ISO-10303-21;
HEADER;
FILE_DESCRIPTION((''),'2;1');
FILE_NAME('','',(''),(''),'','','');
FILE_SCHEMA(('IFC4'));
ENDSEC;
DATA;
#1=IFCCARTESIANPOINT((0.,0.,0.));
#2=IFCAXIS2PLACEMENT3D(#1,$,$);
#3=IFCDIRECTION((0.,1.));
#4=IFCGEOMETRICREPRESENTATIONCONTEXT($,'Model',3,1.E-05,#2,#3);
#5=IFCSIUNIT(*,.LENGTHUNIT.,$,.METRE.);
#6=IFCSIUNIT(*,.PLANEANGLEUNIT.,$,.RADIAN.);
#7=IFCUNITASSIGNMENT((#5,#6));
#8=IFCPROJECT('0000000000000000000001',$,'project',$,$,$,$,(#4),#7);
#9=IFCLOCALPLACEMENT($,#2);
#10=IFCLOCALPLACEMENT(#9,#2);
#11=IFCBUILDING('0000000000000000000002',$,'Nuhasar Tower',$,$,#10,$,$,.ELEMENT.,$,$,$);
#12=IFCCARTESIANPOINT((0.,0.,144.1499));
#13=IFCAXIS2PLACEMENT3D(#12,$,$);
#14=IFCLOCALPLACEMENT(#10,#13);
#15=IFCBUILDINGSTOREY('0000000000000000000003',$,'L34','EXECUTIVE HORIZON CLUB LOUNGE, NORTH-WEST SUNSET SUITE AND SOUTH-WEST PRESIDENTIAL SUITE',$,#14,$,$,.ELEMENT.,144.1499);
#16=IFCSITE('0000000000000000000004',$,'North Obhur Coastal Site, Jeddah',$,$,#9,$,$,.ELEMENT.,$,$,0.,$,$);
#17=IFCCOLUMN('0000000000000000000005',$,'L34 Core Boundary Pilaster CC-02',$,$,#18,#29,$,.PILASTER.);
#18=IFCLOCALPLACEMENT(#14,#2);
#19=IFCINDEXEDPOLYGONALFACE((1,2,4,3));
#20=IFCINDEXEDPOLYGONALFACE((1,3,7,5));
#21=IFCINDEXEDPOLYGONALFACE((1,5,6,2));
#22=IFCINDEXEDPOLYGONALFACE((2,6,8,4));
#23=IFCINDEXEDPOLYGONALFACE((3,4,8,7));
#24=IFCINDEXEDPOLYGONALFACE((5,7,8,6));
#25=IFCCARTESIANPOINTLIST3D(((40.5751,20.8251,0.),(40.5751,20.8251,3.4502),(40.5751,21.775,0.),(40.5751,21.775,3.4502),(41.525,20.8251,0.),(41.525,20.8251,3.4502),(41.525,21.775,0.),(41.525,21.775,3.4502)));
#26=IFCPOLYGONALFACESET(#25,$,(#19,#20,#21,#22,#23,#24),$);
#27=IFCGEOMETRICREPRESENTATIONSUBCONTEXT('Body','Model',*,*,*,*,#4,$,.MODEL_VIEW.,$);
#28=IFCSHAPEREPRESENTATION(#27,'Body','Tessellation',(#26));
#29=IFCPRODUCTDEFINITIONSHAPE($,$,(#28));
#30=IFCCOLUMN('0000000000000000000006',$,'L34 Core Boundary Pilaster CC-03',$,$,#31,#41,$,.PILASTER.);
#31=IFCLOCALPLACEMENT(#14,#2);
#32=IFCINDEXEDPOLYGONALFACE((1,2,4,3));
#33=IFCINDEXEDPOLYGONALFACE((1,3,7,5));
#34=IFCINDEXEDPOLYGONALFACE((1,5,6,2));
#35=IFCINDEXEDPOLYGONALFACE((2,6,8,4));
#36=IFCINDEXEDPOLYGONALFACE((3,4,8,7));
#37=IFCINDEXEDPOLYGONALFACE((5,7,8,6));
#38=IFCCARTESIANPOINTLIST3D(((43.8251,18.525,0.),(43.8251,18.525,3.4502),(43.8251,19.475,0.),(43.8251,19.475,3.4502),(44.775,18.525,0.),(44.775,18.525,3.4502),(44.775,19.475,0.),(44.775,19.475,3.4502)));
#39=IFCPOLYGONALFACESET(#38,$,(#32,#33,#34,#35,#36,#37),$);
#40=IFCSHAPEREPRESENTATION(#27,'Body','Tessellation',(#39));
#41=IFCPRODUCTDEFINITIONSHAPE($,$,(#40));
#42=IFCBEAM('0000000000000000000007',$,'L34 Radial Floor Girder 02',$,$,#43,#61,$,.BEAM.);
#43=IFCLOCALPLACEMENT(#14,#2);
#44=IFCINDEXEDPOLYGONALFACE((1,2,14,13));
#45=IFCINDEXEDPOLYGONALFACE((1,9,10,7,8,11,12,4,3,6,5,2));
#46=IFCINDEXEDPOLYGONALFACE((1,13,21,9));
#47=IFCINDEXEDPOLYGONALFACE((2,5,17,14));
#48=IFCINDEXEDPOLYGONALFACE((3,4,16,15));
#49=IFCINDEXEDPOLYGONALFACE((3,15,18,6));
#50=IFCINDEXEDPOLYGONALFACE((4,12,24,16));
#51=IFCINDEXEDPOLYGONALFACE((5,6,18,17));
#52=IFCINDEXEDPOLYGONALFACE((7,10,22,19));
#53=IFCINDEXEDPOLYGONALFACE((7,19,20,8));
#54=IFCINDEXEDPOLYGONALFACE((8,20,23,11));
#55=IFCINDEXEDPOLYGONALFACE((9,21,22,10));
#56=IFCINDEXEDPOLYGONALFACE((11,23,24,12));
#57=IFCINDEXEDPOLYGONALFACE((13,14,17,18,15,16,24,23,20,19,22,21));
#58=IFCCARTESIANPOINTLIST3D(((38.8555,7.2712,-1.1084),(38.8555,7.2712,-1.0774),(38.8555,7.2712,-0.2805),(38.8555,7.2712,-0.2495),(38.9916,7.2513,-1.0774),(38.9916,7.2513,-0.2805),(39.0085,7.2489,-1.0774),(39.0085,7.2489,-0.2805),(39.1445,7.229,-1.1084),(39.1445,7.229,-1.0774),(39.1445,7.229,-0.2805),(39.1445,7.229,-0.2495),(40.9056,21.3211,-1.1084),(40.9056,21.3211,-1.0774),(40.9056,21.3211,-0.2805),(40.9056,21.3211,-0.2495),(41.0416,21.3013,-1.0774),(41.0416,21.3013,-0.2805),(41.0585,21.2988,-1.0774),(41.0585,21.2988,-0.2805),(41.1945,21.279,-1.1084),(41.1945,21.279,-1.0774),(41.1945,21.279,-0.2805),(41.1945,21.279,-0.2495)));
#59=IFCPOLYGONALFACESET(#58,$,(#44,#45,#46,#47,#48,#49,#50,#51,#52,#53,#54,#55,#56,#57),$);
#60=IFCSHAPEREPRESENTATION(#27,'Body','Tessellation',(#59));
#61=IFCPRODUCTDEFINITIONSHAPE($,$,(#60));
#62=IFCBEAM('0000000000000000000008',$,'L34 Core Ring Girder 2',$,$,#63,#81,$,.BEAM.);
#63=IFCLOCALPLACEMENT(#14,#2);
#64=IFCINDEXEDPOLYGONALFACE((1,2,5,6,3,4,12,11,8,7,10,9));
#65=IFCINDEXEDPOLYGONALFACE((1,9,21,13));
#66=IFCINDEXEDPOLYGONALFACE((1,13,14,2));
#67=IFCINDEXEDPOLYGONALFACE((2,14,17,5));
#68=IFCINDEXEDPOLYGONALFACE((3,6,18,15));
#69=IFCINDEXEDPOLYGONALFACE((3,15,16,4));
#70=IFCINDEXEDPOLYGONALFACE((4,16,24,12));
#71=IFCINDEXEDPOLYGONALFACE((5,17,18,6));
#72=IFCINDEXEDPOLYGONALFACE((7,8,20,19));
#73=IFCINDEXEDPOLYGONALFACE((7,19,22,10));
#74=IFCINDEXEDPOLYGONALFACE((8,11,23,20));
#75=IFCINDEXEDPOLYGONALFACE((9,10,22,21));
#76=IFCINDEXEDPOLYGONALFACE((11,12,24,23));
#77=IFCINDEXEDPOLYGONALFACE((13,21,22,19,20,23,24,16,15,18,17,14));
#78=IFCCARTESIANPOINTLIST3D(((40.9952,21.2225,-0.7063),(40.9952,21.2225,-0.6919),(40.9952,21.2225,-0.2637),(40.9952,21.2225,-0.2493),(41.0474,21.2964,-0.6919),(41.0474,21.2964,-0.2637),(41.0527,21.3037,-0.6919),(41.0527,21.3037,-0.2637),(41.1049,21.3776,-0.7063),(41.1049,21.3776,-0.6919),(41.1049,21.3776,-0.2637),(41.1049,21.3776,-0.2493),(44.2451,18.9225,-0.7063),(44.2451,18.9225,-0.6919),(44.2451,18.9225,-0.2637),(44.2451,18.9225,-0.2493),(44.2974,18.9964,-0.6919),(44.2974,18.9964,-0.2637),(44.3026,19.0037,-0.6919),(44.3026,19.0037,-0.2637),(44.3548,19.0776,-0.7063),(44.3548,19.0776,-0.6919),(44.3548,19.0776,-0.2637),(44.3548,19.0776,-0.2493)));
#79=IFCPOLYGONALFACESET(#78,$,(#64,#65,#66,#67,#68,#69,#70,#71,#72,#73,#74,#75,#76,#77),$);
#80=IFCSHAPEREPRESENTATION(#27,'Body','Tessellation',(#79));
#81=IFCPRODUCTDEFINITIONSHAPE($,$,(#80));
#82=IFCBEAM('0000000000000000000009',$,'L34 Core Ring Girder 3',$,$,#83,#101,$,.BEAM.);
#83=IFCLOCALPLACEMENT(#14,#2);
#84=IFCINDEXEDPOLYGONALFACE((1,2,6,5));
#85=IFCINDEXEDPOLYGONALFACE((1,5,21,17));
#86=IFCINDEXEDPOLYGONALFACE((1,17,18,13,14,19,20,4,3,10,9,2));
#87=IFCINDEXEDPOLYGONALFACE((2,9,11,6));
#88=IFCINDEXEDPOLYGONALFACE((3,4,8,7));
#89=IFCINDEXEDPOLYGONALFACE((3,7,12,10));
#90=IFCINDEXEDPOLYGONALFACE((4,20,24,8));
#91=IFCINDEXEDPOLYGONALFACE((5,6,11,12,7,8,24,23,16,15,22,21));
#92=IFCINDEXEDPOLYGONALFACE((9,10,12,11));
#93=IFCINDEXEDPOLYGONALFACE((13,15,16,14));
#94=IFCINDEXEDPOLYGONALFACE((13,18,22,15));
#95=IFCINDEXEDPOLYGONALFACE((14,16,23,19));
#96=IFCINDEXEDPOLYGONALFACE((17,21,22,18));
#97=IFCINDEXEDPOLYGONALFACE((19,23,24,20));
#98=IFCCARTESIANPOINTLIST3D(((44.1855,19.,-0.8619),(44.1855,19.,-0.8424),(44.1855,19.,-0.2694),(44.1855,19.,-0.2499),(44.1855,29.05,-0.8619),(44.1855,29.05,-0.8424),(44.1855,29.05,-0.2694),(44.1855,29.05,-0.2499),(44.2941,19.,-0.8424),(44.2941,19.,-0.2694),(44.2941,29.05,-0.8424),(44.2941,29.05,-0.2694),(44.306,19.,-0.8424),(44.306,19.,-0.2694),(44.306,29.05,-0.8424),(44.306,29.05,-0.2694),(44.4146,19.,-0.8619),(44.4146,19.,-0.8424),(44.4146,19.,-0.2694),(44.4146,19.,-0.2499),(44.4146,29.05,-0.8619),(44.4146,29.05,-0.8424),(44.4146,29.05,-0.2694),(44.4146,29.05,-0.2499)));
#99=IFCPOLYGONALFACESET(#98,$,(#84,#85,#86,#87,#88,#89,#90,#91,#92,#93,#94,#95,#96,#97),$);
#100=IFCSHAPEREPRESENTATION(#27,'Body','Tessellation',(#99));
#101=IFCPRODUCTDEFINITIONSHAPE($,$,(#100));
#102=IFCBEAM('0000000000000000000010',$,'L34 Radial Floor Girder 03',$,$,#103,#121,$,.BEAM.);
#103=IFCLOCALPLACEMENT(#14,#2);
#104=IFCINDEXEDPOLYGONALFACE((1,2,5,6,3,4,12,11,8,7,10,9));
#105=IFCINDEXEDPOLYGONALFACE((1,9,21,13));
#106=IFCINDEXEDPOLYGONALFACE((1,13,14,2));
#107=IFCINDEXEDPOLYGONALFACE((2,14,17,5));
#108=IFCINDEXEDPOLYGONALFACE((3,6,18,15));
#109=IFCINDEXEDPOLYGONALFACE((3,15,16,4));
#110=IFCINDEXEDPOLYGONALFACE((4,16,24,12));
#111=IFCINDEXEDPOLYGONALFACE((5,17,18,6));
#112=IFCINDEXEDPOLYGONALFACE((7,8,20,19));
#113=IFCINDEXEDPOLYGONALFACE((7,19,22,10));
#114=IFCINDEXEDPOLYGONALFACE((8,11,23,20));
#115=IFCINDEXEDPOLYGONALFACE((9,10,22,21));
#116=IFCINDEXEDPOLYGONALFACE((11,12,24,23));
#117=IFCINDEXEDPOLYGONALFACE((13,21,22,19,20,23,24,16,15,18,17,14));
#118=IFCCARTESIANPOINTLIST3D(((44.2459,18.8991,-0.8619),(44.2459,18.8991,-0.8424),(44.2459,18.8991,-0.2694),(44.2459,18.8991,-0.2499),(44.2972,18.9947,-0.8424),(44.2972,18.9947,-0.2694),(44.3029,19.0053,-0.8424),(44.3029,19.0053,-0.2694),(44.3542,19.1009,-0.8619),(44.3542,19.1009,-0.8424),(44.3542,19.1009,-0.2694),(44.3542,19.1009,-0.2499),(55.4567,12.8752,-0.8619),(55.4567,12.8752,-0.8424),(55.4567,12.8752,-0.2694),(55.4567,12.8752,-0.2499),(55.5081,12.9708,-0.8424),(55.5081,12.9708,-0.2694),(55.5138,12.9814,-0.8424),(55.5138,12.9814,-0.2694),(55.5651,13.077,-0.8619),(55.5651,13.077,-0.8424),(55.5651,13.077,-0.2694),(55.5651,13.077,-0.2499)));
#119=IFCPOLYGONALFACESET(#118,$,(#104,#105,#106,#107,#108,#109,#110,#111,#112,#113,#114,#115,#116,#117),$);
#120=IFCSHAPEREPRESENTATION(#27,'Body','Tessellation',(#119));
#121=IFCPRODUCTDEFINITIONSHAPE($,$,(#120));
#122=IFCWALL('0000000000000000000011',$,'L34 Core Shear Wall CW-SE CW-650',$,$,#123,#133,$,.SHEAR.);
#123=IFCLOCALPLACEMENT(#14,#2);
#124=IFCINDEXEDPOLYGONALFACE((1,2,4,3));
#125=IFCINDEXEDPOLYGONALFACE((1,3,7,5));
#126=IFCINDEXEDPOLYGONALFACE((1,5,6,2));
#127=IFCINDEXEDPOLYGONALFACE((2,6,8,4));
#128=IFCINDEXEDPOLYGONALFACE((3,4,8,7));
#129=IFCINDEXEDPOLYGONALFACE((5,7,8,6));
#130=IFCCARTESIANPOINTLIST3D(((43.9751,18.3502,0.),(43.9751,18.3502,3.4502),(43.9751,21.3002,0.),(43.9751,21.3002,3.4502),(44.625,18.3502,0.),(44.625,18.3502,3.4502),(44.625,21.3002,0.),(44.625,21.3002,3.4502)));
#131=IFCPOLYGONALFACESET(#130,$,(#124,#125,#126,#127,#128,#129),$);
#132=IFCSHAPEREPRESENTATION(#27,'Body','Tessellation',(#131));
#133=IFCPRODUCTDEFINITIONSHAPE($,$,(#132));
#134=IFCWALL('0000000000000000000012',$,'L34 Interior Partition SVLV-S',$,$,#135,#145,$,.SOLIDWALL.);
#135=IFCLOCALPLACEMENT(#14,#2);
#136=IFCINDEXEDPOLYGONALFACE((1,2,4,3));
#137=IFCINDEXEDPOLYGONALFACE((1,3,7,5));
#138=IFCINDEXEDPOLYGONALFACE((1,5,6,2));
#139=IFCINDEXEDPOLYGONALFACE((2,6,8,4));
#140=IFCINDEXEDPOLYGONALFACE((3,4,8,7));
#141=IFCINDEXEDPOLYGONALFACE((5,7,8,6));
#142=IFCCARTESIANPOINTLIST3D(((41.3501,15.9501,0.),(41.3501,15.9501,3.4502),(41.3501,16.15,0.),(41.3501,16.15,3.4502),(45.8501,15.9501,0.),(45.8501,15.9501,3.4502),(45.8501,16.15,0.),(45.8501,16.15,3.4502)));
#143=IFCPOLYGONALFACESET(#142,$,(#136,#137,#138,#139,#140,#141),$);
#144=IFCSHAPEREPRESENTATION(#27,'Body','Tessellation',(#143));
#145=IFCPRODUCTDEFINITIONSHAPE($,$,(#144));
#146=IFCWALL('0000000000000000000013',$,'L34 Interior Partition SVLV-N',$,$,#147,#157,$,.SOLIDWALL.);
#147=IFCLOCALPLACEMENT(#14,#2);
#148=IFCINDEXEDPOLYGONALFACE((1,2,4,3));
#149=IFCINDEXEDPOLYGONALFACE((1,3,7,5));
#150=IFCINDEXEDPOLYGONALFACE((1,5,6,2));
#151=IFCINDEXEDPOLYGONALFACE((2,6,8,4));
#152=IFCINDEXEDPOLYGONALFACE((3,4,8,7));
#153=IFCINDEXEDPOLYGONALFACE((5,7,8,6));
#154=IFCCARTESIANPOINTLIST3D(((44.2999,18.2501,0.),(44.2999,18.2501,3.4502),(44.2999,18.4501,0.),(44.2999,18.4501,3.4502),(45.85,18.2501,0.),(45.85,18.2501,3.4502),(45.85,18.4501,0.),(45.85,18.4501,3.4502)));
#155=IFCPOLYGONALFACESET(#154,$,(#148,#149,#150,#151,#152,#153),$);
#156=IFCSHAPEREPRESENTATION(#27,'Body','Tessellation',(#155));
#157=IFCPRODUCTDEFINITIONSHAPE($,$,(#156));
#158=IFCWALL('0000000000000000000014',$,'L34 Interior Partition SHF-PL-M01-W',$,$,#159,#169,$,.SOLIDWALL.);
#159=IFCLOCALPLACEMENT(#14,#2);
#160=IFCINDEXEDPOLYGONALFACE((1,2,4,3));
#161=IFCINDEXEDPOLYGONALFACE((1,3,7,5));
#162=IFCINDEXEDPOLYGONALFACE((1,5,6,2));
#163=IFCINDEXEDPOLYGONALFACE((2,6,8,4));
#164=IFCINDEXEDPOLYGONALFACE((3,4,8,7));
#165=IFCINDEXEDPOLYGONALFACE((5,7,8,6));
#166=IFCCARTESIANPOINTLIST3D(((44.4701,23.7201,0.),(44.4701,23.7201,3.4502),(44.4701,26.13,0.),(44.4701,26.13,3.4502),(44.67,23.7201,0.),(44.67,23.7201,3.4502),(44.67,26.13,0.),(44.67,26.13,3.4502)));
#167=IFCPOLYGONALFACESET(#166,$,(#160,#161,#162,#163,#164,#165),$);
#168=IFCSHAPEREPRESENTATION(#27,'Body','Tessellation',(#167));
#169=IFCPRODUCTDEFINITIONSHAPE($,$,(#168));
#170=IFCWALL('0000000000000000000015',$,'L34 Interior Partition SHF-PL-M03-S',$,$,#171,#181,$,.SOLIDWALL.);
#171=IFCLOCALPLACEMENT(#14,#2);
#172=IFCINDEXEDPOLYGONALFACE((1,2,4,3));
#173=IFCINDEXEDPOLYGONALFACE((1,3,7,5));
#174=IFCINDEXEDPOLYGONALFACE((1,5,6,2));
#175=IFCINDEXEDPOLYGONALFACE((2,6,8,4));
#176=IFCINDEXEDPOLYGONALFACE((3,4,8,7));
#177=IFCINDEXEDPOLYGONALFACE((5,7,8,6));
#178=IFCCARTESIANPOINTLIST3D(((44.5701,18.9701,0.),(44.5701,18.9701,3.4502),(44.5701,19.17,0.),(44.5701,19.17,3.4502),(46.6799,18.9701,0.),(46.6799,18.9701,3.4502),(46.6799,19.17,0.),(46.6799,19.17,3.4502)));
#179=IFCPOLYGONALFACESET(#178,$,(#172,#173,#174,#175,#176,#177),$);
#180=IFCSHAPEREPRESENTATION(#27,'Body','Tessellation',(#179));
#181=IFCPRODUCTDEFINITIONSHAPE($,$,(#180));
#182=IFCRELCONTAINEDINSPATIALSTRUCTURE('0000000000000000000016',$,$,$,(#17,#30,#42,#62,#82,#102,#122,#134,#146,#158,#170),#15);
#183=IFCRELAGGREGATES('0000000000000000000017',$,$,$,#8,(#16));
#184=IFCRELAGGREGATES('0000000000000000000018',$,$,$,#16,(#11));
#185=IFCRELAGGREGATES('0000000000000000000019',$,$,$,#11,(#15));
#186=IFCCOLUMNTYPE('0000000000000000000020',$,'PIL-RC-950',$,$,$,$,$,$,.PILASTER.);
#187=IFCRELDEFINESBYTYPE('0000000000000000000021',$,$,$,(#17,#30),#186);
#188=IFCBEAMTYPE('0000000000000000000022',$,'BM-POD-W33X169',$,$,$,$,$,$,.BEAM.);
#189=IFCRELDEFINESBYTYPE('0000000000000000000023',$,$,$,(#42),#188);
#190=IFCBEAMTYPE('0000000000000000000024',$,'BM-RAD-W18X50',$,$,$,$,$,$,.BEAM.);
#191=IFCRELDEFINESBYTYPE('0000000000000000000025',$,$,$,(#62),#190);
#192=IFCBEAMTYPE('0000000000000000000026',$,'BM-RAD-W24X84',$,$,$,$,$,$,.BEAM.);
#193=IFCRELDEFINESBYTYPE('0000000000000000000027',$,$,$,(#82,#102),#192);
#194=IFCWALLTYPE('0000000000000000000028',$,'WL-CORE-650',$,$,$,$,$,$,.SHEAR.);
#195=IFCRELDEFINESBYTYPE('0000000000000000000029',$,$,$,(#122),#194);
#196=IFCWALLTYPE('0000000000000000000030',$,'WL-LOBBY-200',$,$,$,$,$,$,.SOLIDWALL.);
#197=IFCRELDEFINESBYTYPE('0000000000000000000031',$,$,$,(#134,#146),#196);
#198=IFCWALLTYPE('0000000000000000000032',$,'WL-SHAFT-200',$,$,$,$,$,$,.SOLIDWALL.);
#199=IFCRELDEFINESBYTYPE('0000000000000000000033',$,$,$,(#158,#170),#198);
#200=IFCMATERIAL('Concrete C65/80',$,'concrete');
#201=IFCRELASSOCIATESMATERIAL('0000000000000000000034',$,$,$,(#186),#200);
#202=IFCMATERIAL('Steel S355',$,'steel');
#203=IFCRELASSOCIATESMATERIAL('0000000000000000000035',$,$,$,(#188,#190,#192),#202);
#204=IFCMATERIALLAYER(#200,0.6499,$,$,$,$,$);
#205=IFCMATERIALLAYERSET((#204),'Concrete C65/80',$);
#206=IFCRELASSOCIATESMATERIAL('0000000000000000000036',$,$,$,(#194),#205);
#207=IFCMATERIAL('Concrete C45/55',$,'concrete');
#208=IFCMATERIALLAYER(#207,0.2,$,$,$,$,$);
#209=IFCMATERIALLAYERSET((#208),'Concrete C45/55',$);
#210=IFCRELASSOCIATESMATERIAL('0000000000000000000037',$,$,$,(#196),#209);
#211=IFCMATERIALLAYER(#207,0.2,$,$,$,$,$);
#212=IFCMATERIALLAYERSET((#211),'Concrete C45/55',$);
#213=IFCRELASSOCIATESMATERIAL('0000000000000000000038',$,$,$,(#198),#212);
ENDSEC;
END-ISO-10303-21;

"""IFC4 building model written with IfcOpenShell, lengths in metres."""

from ifc_helpers import new_model, si_unit, direction, frame, frame_2d, origin, origin_2d, place, context, subcontext, project, spatial, rectangle, i_section, extrude, material, layer, layer_set, material_profile, profile_set, type_object, element, save


model = new_model("IFC4")

# Units and contexts
model_context = context("Model", 3, precision=1e-05, world=origin(), true_north=direction((0.0, 1.0)))
body_context = subcontext(model_context, "Body", "Model", "MODEL_VIEW")
ifc_project = project(units=[si_unit("LENGTHUNIT", "METRE"), si_unit("PLANEANGLEUNIT", "RADIAN")], contexts=[model_context])

# Site, building, storey
site_placement = place(None, origin())
site = spatial("IfcSite", under=ifc_project, at=site_placement, Name="North Obhur Coastal Site, Jeddah", CompositionType="ELEMENT", RefElevation=0.0)
building_placement = place(site_placement, origin())
building = spatial("IfcBuilding", under=site, at=building_placement, Name="Nuhasar Tower", CompositionType="ELEMENT")
storey_placement = place(building_placement, frame((0.0, 0.0, 144.1499)))
storey = spatial("IfcBuildingStorey", under=building, at=storey_placement, Name="L34", Description="EXECUTIVE HORIZON CLUB LOUNGE, NORTH-WEST SUNSET SUITE AND SOUTH-WEST PRESIDENTIAL SUITE", CompositionType="ELEMENT", Elevation=144.1499)

# Columns
ifc_material_1 = material(Name="Concrete C65/80", Category="concrete")
ifc_material_profile_1 = material_profile(ifc_material_1, rectangle(XDim=0.95, YDim=0.95, at=origin_2d()), Name="RC950X950")
ifc_profile_set_1 = profile_set([ifc_material_profile_1], Name="Concrete C65/80")
column_type = type_object("IfcColumnType", Name="PIL-RC-950", PredefinedType="PILASTER", material=ifc_profile_set_1)
for number, where, z_axis, x_axis, name in (
    (1, (41.05, 21.3, 0.0), (0.0, 0.0, 1.0), (1.0, 0.0, 0.0), "L34 Core Boundary Pilaster CC-02"),
    (2, (44.3, 19.0, 0.0), (0.0, 0.0, 1.0), (1.0, 0.0, 0.0), "L34 Core Boundary Pilaster CC-03"),
):
    element("IfcColumn", number, at=place(storey_placement, frame(where, z_axis=z_axis, x_axis=x_axis)), inside=storey, type_object=column_type, Name=name, PredefinedType="PILASTER", context=body_context, shape_type="SweptSolid", body=[
        extrude(rectangle(XDim=0.95, YDim=0.95, at=origin_2d()), origin(), (0.0, 0.0, 1.0), 3.4502),
    ])

# Beams
ifc_material_2 = material(Name="Steel S355", Category="steel")
ifc_material_profile_2 = material_profile(ifc_material_2, i_section(OverallWidth=0.292, OverallDepth=0.8589, WebThickness=0.0171, FlangeThickness=0.031, at=origin_2d()), Name="W33X169")
ifc_profile_set_2 = profile_set([ifc_material_profile_2], Name="Steel S355")
beam_type_1 = type_object("IfcBeamType", Name="BM-POD-W33X169", PredefinedType="BEAM", material=ifc_profile_set_2)
beam_1_placement = place(storey_placement, frame((41.05, 21.3, -0.679), z_axis=(-0.144382, -0.989522, 0.0), x_axis=(0.989522, -0.144382, 0.0)))
element("IfcBeam", 3, at=beam_1_placement, inside=storey, type_object=beam_type_1, Name="L34 Radial Floor Girder 02", PredefinedType="BEAM", context=body_context, shape_type="SweptSolid", body=[
    extrude(i_section(OverallWidth=0.292, OverallDepth=0.8589, WebThickness=0.0171, FlangeThickness=0.031, at=origin_2d()), origin(), (0.0, 0.0, 1.0), 14.1987),
])
ifc_material_profile_3 = material_profile(ifc_material_2, i_section(OverallWidth=0.1899, OverallDepth=0.457, WebThickness=0.009, FlangeThickness=0.0144, at=origin_2d()), Name="W18X50")
ifc_profile_set_3 = profile_set([ifc_material_profile_3], Name="Steel S355")
beam_type_2 = type_object("IfcBeamType", Name="BM-RAD-W18X50", PredefinedType="BEAM", material=ifc_profile_set_3)
beam_2_placement = place(storey_placement, frame((41.05, 21.3, -0.4778), z_axis=(0.816265, -0.577677, 0.0), x_axis=(0.577677, 0.816265, 0.0)))
element("IfcBeam", 4, at=beam_2_placement, inside=storey, type_object=beam_type_2, Name="L34 Core Ring Girder 2", PredefinedType="BEAM", context=body_context, shape_type="SweptSolid", body=[
    extrude(i_section(OverallWidth=0.1899, OverallDepth=0.457, WebThickness=0.009, FlangeThickness=0.0144, at=origin_2d()), origin(), (0.0, 0.0, 1.0), 3.9814),
])
ifc_material_profile_4 = material_profile(ifc_material_2, i_section(OverallWidth=0.229, OverallDepth=0.6121, WebThickness=0.012, FlangeThickness=0.0195, at=origin_2d()), Name="W24X84")
ifc_profile_set_4 = profile_set([ifc_material_profile_4], Name="Steel S355")
beam_type_3 = type_object("IfcBeamType", Name="BM-RAD-W24X84", PredefinedType="BEAM", material=ifc_profile_set_4)
beam_3_placement = place(storey_placement, frame((44.3, 19.0, -0.5559), z_axis=(0.0, 1.0, 0.0), x_axis=(-1.0, 0.0, 0.0)))
element("IfcBeam", 5, at=beam_3_placement, inside=storey, type_object=beam_type_3, Name="L34 Core Ring Girder 3", PredefinedType="BEAM", context=body_context, shape_type="SweptSolid", body=[
    extrude(i_section(OverallWidth=0.229, OverallDepth=0.6121, WebThickness=0.012, FlangeThickness=0.0195, at=origin_2d()), origin(), (0.0, 0.0, 1.0), 10.05),
])
beam_4_placement = place(storey_placement, frame((44.3, 19.0, -0.5559), z_axis=(0.880888, -0.473324, 0.0), x_axis=(0.473324, 0.880888, 0.0)))
element("IfcBeam", 6, at=beam_4_placement, inside=storey, type_object=beam_type_3, Name="L34 Radial Floor Girder 03", PredefinedType="BEAM", context=body_context, shape_type="SweptSolid", body=[
    extrude(i_section(OverallWidth=0.229, OverallDepth=0.6121, WebThickness=0.012, FlangeThickness=0.0195, at=origin_2d()), origin(), (0.0, 0.0, 1.0), 12.7268),
])

# Wall
ifc_layer_1 = layer(ifc_material_1, 0.6499)
ifc_layer_set_1 = layer_set([ifc_layer_1], Name="Concrete C65/80")
wall_type_1 = type_object("IfcWallType", Name="WL-CORE-650", PredefinedType="SHEAR", material=ifc_layer_set_1)
wall_1_placement = place(storey_placement, frame((44.3, 18.3501, 0.0), z_axis=(0.0, 0.0, 1.0), x_axis=(0.0, 1.0, 0.0)))
element("IfcWall", 7, at=wall_1_placement, inside=storey, type_object=wall_type_1, Name="L34 Core Shear Wall CW-SE CW-650", PredefinedType="SHEAR", context=body_context, shape_type="SweptSolid", body=[
    extrude(rectangle(XDim=2.95, YDim=0.6499, at=frame_2d((1.4751, 0.0))), origin(), (0.0, 0.0, 1.0), 3.4502),
])

# Shared definitions
ifc_material_3 = material(Name="Concrete C45/55", Category="concrete")
ifc_layer_2 = layer(ifc_material_3, 0.2)
ifc_layer_set_2 = layer_set([ifc_layer_2], Name="Concrete C45/55")
wall_type_2 = type_object("IfcWallType", Name="WL-LOBBY-200", PredefinedType="SOLIDWALL", material=ifc_layer_set_2)

# Walls
wall_2_placement = place(storey_placement, frame((41.3501, 16.05, 0.0), z_axis=(0.0, 0.0, 1.0), x_axis=(1.0, 0.0, 0.0)))
element("IfcWall", 8, at=wall_2_placement, inside=storey, type_object=wall_type_2, Name="L34 Interior Partition SVLV-S", PredefinedType="SOLIDWALL", context=body_context, shape_type="SweptSolid", body=[
    extrude(rectangle(XDim=4.5, YDim=0.2, at=frame_2d((2.25, 0.0))), origin(), (0.0, 0.0, 1.0), 3.4502),
])
wall_3_placement = place(storey_placement, frame((44.3, 18.3501, 0.0), z_axis=(0.0, 0.0, 1.0), x_axis=(1.0, 0.0, 0.0)))
element("IfcWall", 9, at=wall_3_placement, inside=storey, type_object=wall_type_2, Name="L34 Interior Partition SVLV-N", PredefinedType="SOLIDWALL", context=body_context, shape_type="SweptSolid", body=[
    extrude(rectangle(XDim=1.55, YDim=0.2, at=frame_2d((0.7749, 0.0))), origin(), (0.0, 0.0, 1.0), 3.4502),
])

# Shared definitions
ifc_layer_3 = layer(ifc_material_3, 0.2)
ifc_layer_set_3 = layer_set([ifc_layer_3], Name="Concrete C45/55")
wall_type_3 = type_object("IfcWallType", Name="WL-SHAFT-200", PredefinedType="SOLIDWALL", material=ifc_layer_set_3)

# Walls
wall_4_placement = place(storey_placement, frame((44.5701, 23.72, 0.0), z_axis=(0.0, 0.0, 1.0), x_axis=(0.0, 1.0, 0.0)))
element("IfcWall", 10, at=wall_4_placement, inside=storey, type_object=wall_type_3, Name="L34 Interior Partition SHF-PL-M01-W", PredefinedType="SOLIDWALL", context=body_context, shape_type="SweptSolid", body=[
    extrude(rectangle(XDim=2.4099, YDim=0.2, at=frame_2d((1.2051, 0.0))), origin(), (0.0, 0.0, 1.0), 3.4502),
])
wall_5_placement = place(storey_placement, frame((44.5701, 19.0701, 0.0), z_axis=(0.0, 0.0, 1.0), x_axis=(1.0, 0.0, 0.0)))
element("IfcWall", 11, at=wall_5_placement, inside=storey, type_object=wall_type_3, Name="L34 Interior Partition SHF-PL-M03-S", PredefinedType="SOLIDWALL", context=body_context, shape_type="SweptSolid", body=[
    extrude(rectangle(XDim=2.1099, YDim=0.2, at=frame_2d((1.0549, 0.0))), origin(), (0.0, 0.0, 1.0), 3.4502),
])

save(model, "model.ifc")
